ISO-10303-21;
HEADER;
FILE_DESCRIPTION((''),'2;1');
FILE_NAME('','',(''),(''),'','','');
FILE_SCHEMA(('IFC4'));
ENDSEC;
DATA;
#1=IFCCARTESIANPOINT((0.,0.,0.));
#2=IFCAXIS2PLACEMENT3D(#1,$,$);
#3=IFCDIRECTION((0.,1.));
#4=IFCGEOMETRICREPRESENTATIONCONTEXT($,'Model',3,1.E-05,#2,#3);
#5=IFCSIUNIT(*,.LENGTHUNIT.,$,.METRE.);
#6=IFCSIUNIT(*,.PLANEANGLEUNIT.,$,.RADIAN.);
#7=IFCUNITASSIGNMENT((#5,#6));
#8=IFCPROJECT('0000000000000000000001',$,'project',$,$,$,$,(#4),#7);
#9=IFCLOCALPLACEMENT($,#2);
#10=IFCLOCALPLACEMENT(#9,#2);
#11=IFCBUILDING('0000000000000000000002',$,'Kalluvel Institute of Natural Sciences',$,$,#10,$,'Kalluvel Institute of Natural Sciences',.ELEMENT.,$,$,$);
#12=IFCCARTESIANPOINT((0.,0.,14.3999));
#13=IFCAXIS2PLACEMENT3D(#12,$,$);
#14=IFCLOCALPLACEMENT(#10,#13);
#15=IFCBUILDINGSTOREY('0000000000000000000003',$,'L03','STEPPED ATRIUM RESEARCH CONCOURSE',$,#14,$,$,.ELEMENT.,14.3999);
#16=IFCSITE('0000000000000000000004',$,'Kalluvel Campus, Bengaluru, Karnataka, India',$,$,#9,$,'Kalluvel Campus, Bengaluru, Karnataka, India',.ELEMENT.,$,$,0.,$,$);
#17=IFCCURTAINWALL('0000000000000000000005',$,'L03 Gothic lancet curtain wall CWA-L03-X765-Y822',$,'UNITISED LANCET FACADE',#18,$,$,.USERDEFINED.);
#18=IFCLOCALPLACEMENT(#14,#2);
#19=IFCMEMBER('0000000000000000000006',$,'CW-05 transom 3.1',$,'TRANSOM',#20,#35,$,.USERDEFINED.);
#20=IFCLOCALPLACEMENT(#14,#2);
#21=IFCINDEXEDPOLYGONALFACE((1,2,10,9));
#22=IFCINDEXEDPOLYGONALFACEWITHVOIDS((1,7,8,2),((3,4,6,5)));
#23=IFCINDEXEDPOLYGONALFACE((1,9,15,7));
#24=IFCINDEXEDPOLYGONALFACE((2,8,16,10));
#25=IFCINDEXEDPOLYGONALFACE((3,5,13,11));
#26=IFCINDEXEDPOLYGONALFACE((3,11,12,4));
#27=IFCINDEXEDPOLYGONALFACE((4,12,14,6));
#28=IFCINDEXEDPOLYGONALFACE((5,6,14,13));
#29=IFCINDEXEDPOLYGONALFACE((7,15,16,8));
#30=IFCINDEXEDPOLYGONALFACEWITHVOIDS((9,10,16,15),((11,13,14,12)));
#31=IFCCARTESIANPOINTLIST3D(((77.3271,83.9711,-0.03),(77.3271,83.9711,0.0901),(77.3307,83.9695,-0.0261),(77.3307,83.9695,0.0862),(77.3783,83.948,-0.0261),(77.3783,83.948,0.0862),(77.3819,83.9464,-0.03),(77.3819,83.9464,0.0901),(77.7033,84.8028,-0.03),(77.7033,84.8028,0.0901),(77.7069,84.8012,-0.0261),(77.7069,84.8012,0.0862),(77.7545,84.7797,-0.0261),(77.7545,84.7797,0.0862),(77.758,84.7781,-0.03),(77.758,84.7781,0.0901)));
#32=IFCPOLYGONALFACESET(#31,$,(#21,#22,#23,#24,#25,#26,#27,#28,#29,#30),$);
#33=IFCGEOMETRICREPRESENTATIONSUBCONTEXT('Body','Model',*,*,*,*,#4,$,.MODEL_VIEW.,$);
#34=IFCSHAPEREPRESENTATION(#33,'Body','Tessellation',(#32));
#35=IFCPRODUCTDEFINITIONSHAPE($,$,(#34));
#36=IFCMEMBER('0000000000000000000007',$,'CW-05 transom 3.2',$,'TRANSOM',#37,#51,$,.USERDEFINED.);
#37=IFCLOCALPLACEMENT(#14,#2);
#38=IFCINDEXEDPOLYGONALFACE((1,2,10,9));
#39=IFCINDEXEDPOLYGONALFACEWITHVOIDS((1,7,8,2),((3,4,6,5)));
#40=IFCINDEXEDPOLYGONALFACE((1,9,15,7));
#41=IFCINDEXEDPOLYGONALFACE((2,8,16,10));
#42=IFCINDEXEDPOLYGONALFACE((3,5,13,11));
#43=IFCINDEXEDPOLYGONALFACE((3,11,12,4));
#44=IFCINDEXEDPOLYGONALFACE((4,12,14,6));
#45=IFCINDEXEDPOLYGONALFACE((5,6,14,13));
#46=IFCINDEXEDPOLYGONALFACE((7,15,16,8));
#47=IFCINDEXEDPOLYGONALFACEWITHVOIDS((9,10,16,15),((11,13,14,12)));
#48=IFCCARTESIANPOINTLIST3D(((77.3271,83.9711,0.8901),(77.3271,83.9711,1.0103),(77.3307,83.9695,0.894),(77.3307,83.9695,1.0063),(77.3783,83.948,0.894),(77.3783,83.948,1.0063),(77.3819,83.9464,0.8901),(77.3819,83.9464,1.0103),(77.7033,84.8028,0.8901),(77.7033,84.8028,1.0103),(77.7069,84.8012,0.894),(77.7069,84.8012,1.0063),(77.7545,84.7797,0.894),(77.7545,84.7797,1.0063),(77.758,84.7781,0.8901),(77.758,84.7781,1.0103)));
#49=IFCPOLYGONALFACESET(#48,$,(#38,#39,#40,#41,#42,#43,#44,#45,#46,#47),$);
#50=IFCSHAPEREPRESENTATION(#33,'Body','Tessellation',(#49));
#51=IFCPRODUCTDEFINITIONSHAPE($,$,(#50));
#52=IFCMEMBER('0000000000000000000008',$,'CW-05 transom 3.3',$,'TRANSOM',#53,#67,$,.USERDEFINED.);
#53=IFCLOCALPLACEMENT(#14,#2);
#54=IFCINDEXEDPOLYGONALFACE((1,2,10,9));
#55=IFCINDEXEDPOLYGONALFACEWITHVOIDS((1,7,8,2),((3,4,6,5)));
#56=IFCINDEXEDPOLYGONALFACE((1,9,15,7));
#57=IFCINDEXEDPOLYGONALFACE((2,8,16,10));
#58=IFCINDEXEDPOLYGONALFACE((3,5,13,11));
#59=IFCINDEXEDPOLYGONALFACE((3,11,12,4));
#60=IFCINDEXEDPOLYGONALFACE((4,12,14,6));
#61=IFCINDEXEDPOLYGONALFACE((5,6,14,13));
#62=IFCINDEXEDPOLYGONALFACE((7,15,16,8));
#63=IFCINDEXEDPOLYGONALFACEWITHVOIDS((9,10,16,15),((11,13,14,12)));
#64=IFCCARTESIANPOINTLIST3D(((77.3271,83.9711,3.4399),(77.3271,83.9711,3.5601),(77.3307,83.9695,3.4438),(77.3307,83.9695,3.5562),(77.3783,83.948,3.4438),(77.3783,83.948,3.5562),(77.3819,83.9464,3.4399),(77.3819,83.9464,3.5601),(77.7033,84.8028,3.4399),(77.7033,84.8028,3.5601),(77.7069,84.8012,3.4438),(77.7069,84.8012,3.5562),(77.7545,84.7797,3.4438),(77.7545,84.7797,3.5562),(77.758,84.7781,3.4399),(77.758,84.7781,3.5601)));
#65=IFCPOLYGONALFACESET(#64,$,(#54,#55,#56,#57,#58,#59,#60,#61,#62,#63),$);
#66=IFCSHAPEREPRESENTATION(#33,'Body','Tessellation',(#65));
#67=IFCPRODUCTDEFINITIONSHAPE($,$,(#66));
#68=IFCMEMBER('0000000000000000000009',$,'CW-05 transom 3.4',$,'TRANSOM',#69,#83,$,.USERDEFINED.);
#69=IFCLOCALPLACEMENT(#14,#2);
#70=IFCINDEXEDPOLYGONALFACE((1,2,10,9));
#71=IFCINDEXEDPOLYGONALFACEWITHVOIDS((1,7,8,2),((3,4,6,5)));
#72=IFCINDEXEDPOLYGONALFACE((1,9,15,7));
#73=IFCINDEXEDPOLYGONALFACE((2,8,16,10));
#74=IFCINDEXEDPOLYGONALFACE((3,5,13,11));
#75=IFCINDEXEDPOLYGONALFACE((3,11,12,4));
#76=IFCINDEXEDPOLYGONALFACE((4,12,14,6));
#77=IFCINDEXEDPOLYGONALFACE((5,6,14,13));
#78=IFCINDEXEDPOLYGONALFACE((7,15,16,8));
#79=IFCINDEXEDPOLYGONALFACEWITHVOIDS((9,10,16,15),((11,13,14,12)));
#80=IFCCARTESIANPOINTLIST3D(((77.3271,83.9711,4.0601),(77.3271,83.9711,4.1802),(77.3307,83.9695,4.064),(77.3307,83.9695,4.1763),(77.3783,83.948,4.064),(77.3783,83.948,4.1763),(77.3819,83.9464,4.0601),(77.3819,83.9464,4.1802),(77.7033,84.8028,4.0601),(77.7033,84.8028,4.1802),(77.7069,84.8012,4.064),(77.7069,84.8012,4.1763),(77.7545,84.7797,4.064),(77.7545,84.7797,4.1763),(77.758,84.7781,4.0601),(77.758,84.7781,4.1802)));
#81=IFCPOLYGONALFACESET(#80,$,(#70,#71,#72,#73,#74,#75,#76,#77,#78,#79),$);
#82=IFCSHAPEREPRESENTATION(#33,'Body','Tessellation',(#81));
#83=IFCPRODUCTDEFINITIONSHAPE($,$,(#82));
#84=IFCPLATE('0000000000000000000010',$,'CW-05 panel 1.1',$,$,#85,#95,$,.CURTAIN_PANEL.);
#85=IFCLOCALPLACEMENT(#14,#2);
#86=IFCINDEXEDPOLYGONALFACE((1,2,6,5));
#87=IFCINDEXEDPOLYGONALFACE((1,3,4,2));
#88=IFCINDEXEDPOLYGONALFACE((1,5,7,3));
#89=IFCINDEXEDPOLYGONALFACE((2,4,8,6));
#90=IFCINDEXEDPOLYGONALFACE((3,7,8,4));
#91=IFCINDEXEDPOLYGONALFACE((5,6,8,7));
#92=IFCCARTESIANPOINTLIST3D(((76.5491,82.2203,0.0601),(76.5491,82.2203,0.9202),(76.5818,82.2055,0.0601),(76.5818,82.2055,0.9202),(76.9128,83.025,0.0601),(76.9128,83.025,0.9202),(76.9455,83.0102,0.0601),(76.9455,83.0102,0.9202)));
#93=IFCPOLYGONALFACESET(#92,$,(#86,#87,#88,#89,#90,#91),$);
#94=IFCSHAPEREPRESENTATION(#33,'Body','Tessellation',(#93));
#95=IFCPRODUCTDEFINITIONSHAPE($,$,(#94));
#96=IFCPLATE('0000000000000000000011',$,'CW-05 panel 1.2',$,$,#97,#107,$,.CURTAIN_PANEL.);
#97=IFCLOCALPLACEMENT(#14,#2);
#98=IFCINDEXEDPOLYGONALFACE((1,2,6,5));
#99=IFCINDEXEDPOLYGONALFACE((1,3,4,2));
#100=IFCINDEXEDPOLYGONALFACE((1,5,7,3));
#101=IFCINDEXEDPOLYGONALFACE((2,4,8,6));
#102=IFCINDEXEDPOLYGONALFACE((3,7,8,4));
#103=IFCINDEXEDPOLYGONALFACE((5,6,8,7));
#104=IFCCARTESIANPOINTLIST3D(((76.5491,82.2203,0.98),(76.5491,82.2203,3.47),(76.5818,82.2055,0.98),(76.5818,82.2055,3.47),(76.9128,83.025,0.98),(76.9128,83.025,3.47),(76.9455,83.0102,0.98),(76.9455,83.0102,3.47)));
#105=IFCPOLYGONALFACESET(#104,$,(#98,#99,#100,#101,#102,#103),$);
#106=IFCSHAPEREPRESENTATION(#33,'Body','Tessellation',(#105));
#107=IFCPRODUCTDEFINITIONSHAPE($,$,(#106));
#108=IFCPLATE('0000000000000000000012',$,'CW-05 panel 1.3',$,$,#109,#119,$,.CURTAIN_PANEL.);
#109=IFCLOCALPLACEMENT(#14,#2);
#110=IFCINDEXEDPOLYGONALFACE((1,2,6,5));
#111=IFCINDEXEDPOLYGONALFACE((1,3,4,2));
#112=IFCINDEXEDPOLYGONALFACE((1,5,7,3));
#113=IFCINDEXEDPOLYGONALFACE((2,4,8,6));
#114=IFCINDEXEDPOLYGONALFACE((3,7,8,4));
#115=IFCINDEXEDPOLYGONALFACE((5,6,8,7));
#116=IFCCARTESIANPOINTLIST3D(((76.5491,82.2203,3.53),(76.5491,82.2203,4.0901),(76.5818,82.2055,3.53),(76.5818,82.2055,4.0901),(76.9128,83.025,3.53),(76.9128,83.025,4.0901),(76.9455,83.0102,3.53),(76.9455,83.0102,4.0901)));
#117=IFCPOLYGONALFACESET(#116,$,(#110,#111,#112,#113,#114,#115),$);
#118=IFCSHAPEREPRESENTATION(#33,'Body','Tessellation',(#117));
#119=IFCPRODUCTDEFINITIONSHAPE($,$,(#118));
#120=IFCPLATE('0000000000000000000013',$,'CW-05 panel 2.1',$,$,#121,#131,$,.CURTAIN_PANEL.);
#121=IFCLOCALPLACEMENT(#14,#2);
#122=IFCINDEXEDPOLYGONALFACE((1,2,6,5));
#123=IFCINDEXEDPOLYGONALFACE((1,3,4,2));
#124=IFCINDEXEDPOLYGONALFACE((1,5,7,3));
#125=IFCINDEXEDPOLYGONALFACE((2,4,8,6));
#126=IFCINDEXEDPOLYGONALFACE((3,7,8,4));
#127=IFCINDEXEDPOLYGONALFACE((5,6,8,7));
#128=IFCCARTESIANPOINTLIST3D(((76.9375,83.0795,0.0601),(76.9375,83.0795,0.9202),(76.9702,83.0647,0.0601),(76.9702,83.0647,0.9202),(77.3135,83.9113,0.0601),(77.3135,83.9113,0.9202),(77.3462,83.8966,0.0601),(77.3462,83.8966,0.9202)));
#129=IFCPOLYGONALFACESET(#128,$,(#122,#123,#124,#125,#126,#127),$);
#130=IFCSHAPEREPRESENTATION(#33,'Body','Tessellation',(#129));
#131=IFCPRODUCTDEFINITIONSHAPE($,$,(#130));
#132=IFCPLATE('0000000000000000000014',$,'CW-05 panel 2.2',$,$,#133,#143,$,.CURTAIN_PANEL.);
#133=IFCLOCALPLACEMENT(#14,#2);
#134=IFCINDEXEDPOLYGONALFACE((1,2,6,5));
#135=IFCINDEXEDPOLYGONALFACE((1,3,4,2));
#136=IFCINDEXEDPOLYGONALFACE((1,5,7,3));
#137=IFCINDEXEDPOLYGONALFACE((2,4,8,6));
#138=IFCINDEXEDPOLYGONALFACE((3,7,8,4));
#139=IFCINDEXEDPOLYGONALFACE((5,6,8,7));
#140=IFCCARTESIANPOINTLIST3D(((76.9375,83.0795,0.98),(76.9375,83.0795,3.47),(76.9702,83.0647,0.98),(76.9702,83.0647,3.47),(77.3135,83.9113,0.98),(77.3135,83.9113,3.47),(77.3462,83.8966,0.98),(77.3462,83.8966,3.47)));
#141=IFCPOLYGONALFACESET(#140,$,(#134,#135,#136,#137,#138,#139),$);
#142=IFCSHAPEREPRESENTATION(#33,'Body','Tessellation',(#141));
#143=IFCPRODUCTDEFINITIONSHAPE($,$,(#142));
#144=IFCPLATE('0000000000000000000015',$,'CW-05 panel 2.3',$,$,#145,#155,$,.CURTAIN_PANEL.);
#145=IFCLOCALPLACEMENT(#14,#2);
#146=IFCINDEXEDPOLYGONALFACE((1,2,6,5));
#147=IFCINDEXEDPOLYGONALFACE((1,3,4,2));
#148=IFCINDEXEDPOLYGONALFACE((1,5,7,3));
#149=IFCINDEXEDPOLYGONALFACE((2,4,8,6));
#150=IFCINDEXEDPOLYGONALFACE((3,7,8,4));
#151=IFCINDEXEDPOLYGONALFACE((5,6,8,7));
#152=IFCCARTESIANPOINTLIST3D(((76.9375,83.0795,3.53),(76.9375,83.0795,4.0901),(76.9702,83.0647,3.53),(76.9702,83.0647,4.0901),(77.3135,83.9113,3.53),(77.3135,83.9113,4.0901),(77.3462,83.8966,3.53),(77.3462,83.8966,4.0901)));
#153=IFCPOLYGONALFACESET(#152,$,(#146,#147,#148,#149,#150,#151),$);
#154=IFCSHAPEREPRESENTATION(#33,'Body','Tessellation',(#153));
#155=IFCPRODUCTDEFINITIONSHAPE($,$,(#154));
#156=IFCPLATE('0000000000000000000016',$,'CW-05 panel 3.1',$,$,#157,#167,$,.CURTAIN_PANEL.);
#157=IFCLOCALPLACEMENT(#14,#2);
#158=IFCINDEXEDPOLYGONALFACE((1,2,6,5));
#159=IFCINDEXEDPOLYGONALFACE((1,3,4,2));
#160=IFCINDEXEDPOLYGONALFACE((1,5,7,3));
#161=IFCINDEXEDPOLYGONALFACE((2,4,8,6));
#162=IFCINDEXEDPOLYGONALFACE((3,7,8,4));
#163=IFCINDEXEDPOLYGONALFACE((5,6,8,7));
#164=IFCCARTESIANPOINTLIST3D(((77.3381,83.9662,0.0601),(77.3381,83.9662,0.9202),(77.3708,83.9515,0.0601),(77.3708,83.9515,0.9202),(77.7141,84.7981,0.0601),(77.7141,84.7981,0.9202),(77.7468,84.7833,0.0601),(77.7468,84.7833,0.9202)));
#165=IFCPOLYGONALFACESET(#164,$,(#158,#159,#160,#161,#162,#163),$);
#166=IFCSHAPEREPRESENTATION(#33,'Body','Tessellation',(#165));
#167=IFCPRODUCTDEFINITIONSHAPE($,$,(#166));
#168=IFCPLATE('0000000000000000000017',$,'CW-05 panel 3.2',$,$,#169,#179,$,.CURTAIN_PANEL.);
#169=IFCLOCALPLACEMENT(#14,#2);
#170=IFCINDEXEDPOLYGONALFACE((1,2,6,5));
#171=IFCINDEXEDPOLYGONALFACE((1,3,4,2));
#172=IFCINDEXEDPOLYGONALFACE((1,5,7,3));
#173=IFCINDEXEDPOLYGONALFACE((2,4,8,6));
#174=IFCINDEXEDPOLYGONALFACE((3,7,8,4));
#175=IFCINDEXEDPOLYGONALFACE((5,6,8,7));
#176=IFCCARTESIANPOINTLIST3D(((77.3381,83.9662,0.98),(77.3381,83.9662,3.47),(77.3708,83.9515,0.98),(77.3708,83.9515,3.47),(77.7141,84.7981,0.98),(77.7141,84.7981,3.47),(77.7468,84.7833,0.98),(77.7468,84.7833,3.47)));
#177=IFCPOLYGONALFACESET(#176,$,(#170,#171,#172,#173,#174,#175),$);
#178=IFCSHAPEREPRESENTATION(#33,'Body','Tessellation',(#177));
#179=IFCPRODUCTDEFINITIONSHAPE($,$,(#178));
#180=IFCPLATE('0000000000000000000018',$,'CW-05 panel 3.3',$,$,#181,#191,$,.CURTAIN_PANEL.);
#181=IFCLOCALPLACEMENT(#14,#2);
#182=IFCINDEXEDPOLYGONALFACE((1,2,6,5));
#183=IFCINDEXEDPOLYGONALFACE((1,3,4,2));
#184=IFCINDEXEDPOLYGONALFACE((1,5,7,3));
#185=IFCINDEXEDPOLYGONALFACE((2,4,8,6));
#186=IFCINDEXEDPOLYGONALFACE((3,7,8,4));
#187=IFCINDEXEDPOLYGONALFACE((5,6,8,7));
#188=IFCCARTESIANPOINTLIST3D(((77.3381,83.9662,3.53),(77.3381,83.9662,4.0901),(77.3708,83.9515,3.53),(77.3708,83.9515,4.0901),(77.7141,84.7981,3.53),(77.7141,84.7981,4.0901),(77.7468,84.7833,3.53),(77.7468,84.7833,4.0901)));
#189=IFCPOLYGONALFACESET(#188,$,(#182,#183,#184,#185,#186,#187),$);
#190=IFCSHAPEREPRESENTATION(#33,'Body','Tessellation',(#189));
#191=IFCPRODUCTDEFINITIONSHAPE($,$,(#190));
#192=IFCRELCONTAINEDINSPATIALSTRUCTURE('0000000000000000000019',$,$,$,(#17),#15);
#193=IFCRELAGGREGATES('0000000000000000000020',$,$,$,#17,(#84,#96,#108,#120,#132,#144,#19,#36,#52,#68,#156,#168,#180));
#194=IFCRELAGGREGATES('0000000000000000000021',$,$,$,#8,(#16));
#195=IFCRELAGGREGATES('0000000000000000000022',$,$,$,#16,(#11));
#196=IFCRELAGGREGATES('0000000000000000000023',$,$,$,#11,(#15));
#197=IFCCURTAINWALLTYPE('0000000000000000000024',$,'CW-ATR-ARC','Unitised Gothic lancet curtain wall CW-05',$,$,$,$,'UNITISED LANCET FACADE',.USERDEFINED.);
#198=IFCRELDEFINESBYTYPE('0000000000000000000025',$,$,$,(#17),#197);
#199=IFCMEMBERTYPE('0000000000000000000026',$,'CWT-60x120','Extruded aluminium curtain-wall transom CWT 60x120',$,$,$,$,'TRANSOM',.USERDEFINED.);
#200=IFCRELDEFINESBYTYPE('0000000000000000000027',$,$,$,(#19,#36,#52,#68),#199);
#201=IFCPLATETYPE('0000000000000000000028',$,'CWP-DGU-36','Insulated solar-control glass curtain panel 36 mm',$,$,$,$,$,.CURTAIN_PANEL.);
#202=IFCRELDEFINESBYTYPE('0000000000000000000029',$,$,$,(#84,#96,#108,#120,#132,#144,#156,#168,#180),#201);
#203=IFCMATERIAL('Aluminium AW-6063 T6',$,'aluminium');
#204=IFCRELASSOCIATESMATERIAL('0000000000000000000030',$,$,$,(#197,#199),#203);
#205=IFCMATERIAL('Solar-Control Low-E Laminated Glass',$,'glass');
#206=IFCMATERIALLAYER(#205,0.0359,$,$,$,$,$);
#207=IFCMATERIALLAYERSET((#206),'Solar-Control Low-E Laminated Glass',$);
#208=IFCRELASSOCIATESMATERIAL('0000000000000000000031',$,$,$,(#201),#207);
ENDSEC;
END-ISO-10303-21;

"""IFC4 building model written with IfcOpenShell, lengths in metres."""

from ifc_helpers import new_model, si_unit, direction, frame, origin, origin_2d, place, context, subcontext, project, spatial, rectangle, hollow_rectangle, extrude, material, layer, layer_set, material_profile, profile_set, type_object, element, aggregate, save


model = new_model("IFC4")

# Units and contexts
model_context = context("Model", 3, precision=1e-05, world=origin(), true_north=direction((0.0, 1.0)))
body_context = subcontext(model_context, "Body", "Model", "MODEL_VIEW")
ifc_project = project(units=[si_unit("LENGTHUNIT", "METRE"), si_unit("PLANEANGLEUNIT", "RADIAN")], contexts=[model_context])

# Site, building, storey
site_placement = place(None, origin())
site = spatial("IfcSite", under=ifc_project, at=site_placement, Name="Kalluvel Campus, Bengaluru, Karnataka, India", LongName="Kalluvel Campus, Bengaluru, Karnataka, India", CompositionType="ELEMENT", RefElevation=0.0)
building_placement = place(site_placement, origin())
building = spatial("IfcBuilding", under=site, at=building_placement, Name="Kalluvel Institute of Natural Sciences", LongName="Kalluvel Institute of Natural Sciences", CompositionType="ELEMENT")
storey_placement = place(building_placement, frame((0.0, 0.0, 14.3999)))
storey = spatial("IfcBuildingStorey", under=building, at=storey_placement, Name="L03", Description="STEPPED ATRIUM RESEARCH CONCOURSE", CompositionType="ELEMENT", Elevation=14.3999)

# Curtain wall, members, plates
ifc_material_1 = material(Name="Aluminium AW-6063 T6", Category="aluminium")
curtain_wall_type = type_object("IfcCurtainWallType", Name="CW-ATR-ARC", Description="Unitised Gothic lancet curtain wall CW-05", ElementType="UNITISED LANCET FACADE", PredefinedType="USERDEFINED", material=ifc_material_1)
curtain_wall_placement = place(storey_placement, origin())
curtain_wall = element("IfcCurtainWall", 1, at=curtain_wall_placement, inside=storey, type_object=curtain_wall_type, Name="L03 Gothic lancet curtain wall CWA-L03-X765-Y822", ObjectType="UNITISED LANCET FACADE", PredefinedType="USERDEFINED")
ifc_material_profile_1 = material_profile(ifc_material_1, hollow_rectangle(XDim=0.0601, YDim=0.1201, WallThickness=0.0039, at=origin_2d()), Name="CWT 60x120")
ifc_profile_set_1 = profile_set([ifc_material_profile_1], Name="Aluminium AW-6063 T6")
member_type_1 = type_object("IfcMemberType", Name="CWT-60x120", Description="Extruded aluminium curtain-wall transom CWT 60x120", ElementType="TRANSOM", PredefinedType="USERDEFINED", material=ifc_profile_set_1)
member_1_placement = place(storey_placement, frame((77.3545, 83.9587, 0.03), z_axis=(0.41211, 0.911134, 0.0), x_axis=(-0.911134, 0.41211, 0.0)))
member_1 = element("IfcMember", 2, at=member_1_placement, type_object=member_type_1, Name="CW-05 transom 3.1", ObjectType="TRANSOM", PredefinedType="USERDEFINED", context=body_context, shape_type="SweptSolid", body=[
    extrude(hollow_rectangle(XDim=0.0601, YDim=0.1201, WallThickness=0.0039, at=origin_2d()), origin(), (0.0, 0.0, 1.0), 0.9128),
])
member_2_placement = place(storey_placement, frame((77.3545, 83.9587, 0.9502), z_axis=(0.41211, 0.911134, 0.0), x_axis=(-0.911134, 0.41211, 0.0)))
member_2 = element("IfcMember", 3, at=member_2_placement, type_object=member_type_1, Name="CW-05 transom 3.2", ObjectType="TRANSOM", PredefinedType="USERDEFINED", context=body_context, shape_type="SweptSolid", body=[
    extrude(hollow_rectangle(XDim=0.0601, YDim=0.1201, WallThickness=0.0039, at=origin_2d()), origin(), (0.0, 0.0, 1.0), 0.9128),
])
member_3_placement = place(storey_placement, frame((77.3545, 83.9587, 3.5), z_axis=(0.41211, 0.911134, 0.0), x_axis=(-0.911134, 0.41211, 0.0)))
member_3 = element("IfcMember", 4, at=member_3_placement, type_object=member_type_1, Name="CW-05 transom 3.3", ObjectType="TRANSOM", PredefinedType="USERDEFINED", context=body_context, shape_type="SweptSolid", body=[
    extrude(hollow_rectangle(XDim=0.0601, YDim=0.1201, WallThickness=0.0039, at=origin_2d()), origin(), (0.0, 0.0, 1.0), 0.9128),
])
member_4_placement = place(storey_placement, frame((77.3545, 83.9587, 4.1201), z_axis=(0.41211, 0.911134, 0.0), x_axis=(-0.911134, 0.41211, 0.0)))
member_4 = element("IfcMember", 5, at=member_4_placement, type_object=member_type_1, Name="CW-05 transom 3.4", ObjectType="TRANSOM", PredefinedType="USERDEFINED", context=body_context, shape_type="SweptSolid", body=[
    extrude(hollow_rectangle(XDim=0.0601, YDim=0.1201, WallThickness=0.0039, at=origin_2d()), origin(), (0.0, 0.0, 1.0), 0.9128),
])
ifc_material_2 = material(Name="Solar-Control Low-E Laminated Glass", Category="glass")
ifc_layer_1 = layer(ifc_material_2, 0.0359)
ifc_layer_set_1 = layer_set([ifc_layer_1], Name="Solar-Control Low-E Laminated Glass")
plate_type = type_object("IfcPlateType", Name="CWP-DGU-36", Description="Insulated solar-control glass curtain panel 36 mm", PredefinedType="CURTAIN_PANEL", material=ifc_layer_set_1)
plate_1_placement = place(storey_placement, frame((76.7473, 82.6152, 0.0601), z_axis=(0.0, 0.0, 1.0), x_axis=(0.411895, 0.911231, 0.0)))
plate_1 = element("IfcPlate", 6, at=plate_1_placement, type_object=plate_type, Name="CW-05 panel 1.1", PredefinedType="CURTAIN_PANEL", context=body_context, shape_type="SweptSolid", body=[
    extrude(rectangle(XDim=0.8831, YDim=0.0359, at=origin_2d()), origin(), (0.0, 0.0, 1.0), 0.8601),
])
plate_2_placement = place(storey_placement, frame((76.7473, 82.6152, 0.98), z_axis=(0.0, 0.0, 1.0), x_axis=(0.411895, 0.911231, 0.0)))
plate_2 = element("IfcPlate", 7, at=plate_2_placement, type_object=plate_type, Name="CW-05 panel 1.2", PredefinedType="CURTAIN_PANEL", context=body_context, shape_type="SweptSolid", body=[
    extrude(rectangle(XDim=0.8831, YDim=0.0359, at=origin_2d()), origin(), (0.0, 0.0, 1.0), 2.49),
])
plate_3_placement = place(storey_placement, frame((76.7473, 82.6152, 3.53), z_axis=(0.0, 0.0, 1.0), x_axis=(0.411895, 0.911231, 0.0)))
plate_3 = element("IfcPlate", 8, at=plate_3_placement, type_object=plate_type, Name="CW-05 panel 1.3", PredefinedType="CURTAIN_PANEL", context=body_context, shape_type="SweptSolid", body=[
    extrude(rectangle(XDim=0.8831, YDim=0.0359, at=origin_2d()), origin(), (0.0, 0.0, 1.0), 0.5601),
])
plate_4_placement = place(storey_placement, frame((77.1418, 83.488, 0.0601), z_axis=(0.0, 0.0, 1.0), x_axis=(0.411895, 0.911231, 0.0)))
plate_4 = element("IfcPlate", 9, at=plate_4_placement, type_object=plate_type, Name="CW-05 panel 2.1", PredefinedType="CURTAIN_PANEL", context=body_context, shape_type="SweptSolid", body=[
    extrude(rectangle(XDim=0.9128, YDim=0.0359, at=origin_2d()), origin(), (0.0, 0.0, 1.0), 0.8601),
])
plate_5_placement = place(storey_placement, frame((77.1418, 83.488, 0.98), z_axis=(0.0, 0.0, 1.0), x_axis=(0.411895, 0.911231, 0.0)))
plate_5 = element("IfcPlate", 10, at=plate_5_placement, type_object=plate_type, Name="CW-05 panel 2.2", PredefinedType="CURTAIN_PANEL", context=body_context, shape_type="SweptSolid", body=[
    extrude(rectangle(XDim=0.9128, YDim=0.0359, at=origin_2d()), origin(), (0.0, 0.0, 1.0), 2.49),
])
plate_6_placement = place(storey_placement, frame((77.1418, 83.488, 3.53), z_axis=(0.0, 0.0, 1.0), x_axis=(0.411895, 0.911231, 0.0)))
plate_6 = element("IfcPlate", 11, at=plate_6_placement, type_object=plate_type, Name="CW-05 panel 2.3", PredefinedType="CURTAIN_PANEL", context=body_context, shape_type="SweptSolid", body=[
    extrude(rectangle(XDim=0.9128, YDim=0.0359, at=origin_2d()), origin(), (0.0, 0.0, 1.0), 0.5601),
])
plate_7_placement = place(storey_placement, frame((77.5425, 84.3748, 0.0601), z_axis=(0.0, 0.0, 1.0), x_axis=(0.411895, 0.911231, 0.0)))
plate_7 = element("IfcPlate", 12, at=plate_7_placement, type_object=plate_type, Name="CW-05 panel 3.1", PredefinedType="CURTAIN_PANEL", context=body_context, shape_type="SweptSolid", body=[
    extrude(rectangle(XDim=0.9128, YDim=0.0359, at=origin_2d()), origin(), (0.0, 0.0, 1.0), 0.8601),
])
plate_8_placement = place(storey_placement, frame((77.5425, 84.3748, 0.98), z_axis=(0.0, 0.0, 1.0), x_axis=(0.411895, 0.911231, 0.0)))
plate_8 = element("IfcPlate", 13, at=plate_8_placement, type_object=plate_type, Name="CW-05 panel 3.2", PredefinedType="CURTAIN_PANEL", context=body_context, shape_type="SweptSolid", body=[
    extrude(rectangle(XDim=0.9128, YDim=0.0359, at=origin_2d()), origin(), (0.0, 0.0, 1.0), 2.49),
])
plate_9_placement = place(storey_placement, frame((77.5425, 84.3748, 3.53), z_axis=(0.0, 0.0, 1.0), x_axis=(0.411895, 0.911231, 0.0)))
plate_9 = element("IfcPlate", 14, at=plate_9_placement, type_object=plate_type, Name="CW-05 panel 3.3", PredefinedType="CURTAIN_PANEL", context=body_context, shape_type="SweptSolid", body=[
    extrude(rectangle(XDim=0.9128, YDim=0.0359, at=origin_2d()), origin(), (0.0, 0.0, 1.0), 0.5601),
])
aggregate(curtain_wall, [plate_1, plate_2, plate_3, plate_4, plate_5, plate_6, member_1, member_2, member_3, member_4, plate_7, plate_8, plate_9])

save(model, "model.ifc")
